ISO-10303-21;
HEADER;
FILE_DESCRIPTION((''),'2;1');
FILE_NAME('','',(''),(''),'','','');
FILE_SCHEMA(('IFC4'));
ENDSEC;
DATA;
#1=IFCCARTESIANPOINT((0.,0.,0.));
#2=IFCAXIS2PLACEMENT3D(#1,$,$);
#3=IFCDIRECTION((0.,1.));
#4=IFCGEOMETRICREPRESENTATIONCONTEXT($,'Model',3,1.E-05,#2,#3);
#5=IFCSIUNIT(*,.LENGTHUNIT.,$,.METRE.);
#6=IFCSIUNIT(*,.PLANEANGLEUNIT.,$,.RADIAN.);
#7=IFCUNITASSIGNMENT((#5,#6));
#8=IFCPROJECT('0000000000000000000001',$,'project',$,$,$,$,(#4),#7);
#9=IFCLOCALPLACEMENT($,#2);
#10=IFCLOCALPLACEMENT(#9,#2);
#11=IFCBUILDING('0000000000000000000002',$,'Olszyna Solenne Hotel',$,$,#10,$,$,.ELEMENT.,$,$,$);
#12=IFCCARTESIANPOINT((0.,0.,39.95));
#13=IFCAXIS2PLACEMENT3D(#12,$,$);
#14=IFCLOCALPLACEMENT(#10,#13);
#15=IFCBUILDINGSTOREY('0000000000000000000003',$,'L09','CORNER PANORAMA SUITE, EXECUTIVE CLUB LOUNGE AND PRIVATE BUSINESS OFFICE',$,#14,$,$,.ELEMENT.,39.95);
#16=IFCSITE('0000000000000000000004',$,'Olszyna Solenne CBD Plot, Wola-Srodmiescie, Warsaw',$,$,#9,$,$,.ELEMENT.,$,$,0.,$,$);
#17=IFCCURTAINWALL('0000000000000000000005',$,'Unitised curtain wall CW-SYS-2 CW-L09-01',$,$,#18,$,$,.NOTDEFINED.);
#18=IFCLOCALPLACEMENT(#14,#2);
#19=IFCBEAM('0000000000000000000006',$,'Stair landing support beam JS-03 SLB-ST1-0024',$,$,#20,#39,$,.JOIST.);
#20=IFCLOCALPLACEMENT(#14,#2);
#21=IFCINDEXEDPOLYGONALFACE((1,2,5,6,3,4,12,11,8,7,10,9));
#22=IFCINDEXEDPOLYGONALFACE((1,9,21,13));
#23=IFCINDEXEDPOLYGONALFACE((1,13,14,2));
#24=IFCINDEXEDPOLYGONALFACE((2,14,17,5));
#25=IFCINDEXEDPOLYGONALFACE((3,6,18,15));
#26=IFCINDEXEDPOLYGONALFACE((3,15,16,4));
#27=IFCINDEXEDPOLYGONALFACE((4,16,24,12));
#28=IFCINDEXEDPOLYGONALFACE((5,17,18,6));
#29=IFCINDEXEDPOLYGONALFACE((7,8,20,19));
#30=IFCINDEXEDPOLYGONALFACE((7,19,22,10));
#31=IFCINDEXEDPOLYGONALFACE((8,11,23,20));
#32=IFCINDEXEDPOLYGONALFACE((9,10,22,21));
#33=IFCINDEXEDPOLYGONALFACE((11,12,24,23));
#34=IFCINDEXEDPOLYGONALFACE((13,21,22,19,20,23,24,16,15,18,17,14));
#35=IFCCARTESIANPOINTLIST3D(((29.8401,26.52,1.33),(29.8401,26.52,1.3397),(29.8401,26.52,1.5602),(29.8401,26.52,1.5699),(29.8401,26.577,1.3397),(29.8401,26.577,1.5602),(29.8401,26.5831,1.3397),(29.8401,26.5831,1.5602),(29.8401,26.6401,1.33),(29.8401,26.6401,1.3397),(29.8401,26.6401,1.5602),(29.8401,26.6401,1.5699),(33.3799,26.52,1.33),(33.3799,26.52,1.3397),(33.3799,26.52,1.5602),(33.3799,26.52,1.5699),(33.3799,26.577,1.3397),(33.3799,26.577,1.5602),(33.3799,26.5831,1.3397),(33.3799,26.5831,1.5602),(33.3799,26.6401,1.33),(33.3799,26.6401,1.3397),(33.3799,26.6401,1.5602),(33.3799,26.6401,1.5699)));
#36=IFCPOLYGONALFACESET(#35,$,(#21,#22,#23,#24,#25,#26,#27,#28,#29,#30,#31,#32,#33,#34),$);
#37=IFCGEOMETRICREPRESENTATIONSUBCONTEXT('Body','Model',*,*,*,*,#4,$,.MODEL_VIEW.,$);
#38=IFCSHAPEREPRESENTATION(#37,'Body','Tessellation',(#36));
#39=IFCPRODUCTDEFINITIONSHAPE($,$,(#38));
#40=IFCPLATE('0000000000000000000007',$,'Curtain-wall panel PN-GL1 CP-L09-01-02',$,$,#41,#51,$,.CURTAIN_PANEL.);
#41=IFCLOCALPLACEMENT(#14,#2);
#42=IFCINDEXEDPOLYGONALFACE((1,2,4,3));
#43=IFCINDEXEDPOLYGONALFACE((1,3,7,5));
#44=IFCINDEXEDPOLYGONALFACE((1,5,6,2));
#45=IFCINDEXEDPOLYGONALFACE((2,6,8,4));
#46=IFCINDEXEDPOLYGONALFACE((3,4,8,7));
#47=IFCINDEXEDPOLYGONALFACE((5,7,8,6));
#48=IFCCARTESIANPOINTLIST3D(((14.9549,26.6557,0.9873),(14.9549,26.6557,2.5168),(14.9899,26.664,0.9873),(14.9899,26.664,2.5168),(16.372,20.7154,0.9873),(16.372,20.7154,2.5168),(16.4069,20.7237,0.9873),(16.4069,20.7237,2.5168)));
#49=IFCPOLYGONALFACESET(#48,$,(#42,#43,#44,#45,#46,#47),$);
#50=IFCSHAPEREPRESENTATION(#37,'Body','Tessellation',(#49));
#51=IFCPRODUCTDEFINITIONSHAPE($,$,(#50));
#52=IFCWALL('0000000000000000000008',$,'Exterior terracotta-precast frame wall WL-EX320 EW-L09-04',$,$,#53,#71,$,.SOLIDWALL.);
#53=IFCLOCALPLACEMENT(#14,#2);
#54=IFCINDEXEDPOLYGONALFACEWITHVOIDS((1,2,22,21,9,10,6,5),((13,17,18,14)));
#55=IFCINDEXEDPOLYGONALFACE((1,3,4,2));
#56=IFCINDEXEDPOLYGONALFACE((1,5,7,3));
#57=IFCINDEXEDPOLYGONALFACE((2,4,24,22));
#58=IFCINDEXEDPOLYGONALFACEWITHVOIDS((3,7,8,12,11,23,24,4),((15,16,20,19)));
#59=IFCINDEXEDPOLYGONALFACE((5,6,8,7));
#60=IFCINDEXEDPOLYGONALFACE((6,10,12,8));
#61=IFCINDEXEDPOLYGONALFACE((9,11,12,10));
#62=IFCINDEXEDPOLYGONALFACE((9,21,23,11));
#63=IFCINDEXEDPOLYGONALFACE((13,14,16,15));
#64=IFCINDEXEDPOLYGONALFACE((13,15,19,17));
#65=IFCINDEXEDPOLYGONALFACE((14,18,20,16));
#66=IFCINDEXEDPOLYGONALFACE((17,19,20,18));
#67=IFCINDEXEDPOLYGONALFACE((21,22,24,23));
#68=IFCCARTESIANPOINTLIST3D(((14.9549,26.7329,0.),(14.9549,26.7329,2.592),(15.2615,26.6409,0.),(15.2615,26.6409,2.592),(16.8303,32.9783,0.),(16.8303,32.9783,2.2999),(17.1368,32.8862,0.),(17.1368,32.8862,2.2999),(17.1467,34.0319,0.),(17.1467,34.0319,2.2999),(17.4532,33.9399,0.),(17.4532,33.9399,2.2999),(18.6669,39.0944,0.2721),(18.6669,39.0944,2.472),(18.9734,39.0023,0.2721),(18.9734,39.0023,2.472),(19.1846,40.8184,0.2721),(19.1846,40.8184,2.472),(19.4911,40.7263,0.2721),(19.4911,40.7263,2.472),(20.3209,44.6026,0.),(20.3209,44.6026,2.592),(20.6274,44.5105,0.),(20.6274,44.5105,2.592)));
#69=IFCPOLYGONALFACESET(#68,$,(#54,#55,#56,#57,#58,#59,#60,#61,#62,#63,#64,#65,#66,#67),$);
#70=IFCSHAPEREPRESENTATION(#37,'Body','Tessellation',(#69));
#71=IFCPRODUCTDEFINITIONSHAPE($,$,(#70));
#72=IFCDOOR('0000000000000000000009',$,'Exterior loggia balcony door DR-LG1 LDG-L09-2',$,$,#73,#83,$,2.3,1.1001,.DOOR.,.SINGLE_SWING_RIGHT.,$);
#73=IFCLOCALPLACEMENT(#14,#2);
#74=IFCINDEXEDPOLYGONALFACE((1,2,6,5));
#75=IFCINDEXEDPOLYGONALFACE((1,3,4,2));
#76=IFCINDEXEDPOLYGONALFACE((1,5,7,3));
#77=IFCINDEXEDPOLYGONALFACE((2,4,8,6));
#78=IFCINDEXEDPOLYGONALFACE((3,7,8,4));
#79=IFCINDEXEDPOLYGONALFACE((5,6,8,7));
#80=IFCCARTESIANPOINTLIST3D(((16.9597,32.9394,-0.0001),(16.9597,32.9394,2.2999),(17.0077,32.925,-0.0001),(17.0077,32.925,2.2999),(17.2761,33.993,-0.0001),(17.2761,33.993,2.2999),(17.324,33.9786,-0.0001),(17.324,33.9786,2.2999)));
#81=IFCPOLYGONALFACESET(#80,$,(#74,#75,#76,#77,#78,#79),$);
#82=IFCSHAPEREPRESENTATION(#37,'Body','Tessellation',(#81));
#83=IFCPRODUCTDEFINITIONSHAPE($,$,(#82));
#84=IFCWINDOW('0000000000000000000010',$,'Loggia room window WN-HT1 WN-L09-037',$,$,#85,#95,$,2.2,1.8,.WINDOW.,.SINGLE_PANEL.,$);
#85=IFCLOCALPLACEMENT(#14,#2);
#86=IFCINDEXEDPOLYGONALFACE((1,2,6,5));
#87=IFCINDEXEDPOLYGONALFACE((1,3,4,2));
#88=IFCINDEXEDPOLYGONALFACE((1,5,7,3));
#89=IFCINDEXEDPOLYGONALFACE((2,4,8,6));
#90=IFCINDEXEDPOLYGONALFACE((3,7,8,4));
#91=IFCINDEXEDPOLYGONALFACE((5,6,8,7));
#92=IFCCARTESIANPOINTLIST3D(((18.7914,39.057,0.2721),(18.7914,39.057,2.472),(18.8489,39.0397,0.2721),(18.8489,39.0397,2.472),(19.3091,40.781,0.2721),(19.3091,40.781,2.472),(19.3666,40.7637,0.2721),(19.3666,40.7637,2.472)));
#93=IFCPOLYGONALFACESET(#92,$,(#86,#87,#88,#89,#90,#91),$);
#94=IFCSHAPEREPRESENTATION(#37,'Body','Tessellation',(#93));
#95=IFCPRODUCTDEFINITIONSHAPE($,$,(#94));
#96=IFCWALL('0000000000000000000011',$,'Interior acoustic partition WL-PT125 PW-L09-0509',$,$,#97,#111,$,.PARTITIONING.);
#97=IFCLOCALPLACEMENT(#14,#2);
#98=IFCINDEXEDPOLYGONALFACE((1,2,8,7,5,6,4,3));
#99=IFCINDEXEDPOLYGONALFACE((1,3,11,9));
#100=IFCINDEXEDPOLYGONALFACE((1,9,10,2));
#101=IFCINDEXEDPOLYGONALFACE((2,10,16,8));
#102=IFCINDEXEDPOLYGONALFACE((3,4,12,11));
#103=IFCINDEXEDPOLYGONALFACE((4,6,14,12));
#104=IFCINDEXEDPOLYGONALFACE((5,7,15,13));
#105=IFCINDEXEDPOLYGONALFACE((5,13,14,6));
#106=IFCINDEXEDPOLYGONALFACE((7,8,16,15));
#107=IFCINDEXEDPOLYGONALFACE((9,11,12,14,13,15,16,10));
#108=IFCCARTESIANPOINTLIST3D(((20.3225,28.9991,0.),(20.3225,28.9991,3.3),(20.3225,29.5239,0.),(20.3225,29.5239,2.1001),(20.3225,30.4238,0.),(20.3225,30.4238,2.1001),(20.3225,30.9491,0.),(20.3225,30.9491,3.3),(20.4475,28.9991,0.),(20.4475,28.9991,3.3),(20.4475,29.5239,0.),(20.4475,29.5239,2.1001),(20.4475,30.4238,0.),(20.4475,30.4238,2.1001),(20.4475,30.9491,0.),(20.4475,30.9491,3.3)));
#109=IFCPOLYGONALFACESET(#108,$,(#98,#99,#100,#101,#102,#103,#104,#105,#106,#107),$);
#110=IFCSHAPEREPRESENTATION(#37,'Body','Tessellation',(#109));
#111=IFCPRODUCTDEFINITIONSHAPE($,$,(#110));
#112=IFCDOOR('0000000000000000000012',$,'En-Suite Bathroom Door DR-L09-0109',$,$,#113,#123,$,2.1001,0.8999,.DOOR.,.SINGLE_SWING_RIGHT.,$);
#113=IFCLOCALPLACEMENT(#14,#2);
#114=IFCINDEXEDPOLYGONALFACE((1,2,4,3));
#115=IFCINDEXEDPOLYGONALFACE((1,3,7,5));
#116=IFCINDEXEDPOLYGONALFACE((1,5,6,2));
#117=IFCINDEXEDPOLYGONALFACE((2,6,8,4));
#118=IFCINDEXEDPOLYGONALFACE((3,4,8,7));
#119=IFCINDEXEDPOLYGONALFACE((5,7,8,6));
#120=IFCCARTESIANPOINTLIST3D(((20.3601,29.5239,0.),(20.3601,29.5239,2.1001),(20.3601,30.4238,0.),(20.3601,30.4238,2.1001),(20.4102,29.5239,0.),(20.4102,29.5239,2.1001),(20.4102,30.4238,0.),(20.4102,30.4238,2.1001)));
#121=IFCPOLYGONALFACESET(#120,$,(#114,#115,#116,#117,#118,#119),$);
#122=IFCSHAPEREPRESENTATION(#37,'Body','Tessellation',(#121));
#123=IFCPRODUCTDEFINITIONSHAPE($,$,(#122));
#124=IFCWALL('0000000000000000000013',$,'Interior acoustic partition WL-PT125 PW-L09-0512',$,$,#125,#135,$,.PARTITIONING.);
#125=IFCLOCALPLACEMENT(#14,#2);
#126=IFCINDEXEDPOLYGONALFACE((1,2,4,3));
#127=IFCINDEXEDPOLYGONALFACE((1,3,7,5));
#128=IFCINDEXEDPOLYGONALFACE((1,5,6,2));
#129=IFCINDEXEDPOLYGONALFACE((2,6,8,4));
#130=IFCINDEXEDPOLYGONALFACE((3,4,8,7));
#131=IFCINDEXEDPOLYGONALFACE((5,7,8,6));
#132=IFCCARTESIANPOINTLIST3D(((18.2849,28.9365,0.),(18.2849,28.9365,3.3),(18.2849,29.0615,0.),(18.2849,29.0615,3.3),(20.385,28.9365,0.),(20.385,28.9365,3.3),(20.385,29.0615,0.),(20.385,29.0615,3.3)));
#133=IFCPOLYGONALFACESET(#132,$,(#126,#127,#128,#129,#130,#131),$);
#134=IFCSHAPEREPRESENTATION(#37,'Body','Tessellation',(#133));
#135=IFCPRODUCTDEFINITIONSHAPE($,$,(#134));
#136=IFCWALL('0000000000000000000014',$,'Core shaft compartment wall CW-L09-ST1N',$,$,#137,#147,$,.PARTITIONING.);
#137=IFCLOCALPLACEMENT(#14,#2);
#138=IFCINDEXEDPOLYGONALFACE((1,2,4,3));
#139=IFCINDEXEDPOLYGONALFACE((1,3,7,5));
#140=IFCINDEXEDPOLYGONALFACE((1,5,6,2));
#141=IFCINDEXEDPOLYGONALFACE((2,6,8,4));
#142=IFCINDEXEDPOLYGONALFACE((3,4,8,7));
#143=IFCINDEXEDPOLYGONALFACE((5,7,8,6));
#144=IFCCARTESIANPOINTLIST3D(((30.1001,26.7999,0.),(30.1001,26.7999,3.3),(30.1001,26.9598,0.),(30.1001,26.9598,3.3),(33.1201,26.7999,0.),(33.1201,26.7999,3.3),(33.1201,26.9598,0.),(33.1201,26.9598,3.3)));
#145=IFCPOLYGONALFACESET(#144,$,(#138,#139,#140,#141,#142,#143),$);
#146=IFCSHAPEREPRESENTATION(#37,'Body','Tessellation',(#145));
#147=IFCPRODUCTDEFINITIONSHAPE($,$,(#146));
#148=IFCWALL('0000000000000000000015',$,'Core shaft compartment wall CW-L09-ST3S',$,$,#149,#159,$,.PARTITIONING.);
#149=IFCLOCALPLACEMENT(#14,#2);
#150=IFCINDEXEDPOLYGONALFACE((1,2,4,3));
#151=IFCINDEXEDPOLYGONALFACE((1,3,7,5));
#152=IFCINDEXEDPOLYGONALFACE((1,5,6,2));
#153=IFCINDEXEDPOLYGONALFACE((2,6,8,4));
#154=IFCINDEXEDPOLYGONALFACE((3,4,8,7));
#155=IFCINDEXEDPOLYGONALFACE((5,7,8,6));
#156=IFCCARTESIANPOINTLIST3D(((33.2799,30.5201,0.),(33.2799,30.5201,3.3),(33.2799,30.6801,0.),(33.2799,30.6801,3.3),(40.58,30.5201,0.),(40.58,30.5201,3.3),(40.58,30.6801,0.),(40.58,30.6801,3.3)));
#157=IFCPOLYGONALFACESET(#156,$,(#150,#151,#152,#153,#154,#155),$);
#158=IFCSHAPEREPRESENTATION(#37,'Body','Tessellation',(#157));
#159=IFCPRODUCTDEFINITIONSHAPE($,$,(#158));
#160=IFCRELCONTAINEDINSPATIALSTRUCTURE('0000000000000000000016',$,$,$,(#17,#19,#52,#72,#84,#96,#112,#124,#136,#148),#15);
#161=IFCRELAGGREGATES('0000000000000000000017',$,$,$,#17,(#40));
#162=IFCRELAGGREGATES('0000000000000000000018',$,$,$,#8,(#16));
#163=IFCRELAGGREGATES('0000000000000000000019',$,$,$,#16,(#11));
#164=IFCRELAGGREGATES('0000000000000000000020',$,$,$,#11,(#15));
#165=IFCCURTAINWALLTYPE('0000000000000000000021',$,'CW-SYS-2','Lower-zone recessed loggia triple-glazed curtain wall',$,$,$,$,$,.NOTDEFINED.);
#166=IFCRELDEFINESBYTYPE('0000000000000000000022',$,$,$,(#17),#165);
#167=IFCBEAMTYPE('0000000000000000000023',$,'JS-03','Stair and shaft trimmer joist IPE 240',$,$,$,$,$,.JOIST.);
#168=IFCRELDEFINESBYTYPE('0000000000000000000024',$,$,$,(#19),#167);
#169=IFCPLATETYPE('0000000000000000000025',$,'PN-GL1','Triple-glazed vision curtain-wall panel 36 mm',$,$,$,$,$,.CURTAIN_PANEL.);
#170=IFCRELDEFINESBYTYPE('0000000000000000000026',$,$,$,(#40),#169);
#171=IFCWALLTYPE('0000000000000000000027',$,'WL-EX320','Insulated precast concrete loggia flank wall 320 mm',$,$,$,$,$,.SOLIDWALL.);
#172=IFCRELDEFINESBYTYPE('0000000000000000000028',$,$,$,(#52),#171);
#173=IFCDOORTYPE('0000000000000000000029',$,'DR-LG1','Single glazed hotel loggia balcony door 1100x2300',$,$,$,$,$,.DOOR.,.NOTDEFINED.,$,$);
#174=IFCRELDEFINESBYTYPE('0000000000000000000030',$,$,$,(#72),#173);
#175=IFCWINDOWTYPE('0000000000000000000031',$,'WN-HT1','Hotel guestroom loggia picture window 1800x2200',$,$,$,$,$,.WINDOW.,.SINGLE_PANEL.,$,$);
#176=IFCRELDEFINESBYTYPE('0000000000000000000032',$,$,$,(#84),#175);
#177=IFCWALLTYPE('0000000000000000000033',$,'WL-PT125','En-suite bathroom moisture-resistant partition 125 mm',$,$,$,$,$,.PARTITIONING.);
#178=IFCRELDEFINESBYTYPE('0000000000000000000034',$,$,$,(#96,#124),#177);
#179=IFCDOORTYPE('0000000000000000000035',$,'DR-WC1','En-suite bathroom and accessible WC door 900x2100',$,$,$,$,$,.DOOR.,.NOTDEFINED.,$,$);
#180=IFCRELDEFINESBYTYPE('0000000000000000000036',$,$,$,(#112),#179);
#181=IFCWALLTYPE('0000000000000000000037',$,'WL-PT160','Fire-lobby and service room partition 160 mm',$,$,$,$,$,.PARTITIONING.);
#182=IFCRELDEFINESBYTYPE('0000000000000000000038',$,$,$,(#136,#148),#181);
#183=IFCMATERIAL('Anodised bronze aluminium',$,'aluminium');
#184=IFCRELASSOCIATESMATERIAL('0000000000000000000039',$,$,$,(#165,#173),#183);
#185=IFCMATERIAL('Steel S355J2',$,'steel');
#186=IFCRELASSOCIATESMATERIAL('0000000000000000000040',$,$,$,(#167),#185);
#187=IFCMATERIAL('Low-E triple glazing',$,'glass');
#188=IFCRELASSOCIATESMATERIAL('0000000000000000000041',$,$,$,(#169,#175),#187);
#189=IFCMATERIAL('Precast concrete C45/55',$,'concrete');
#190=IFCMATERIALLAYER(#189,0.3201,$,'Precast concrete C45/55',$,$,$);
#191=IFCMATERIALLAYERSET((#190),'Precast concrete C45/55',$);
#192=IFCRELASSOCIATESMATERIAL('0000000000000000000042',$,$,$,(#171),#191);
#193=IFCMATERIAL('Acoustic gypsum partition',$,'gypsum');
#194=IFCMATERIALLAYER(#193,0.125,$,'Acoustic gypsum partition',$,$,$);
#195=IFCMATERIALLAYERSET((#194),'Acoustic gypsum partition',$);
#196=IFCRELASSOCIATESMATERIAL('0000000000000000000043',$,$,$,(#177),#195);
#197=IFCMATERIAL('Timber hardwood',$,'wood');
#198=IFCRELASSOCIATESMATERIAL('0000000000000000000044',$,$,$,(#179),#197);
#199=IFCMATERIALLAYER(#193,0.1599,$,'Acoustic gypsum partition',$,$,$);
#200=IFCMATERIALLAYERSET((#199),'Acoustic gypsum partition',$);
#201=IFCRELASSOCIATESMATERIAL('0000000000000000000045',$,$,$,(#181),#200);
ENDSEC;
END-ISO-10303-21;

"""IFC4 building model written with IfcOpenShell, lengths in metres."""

from ifc_helpers import new_model, si_unit, direction, frame, frame_2d, origin, origin_2d, place, context, subcontext, project, spatial, rectangle, i_section, extrude, source, transform, mapped, material, layer, layer_set, material_profile, profile_set, type_object, type_shapes, element, fill, aggregate, save


model = new_model("IFC4")

# Units and contexts
model_context = context("Model", 3, precision=1e-05, world=origin(), true_north=direction((0.0, 1.0)))
body_context = subcontext(model_context, "Body", "Model", "MODEL_VIEW")
ifc_project = project(units=[si_unit("LENGTHUNIT", "METRE"), si_unit("PLANEANGLEUNIT", "RADIAN")], contexts=[model_context])

# Site, building, storey
site_placement = place(None, origin())
site = spatial("IfcSite", under=ifc_project, at=site_placement, Name="Olszyna Solenne CBD Plot, Wola-Srodmiescie, Warsaw", CompositionType="ELEMENT", RefElevation=0.0)
building_placement = place(site_placement, origin())
building = spatial("IfcBuilding", under=site, at=building_placement, Name="Olszyna Solenne Hotel", CompositionType="ELEMENT")
storey_placement = place(building_placement, frame((0.0, 0.0, 39.95)))
storey = spatial("IfcBuildingStorey", under=building, at=storey_placement, Name="L09", Description="CORNER PANORAMA SUITE, EXECUTIVE CLUB LOUNGE AND PRIVATE BUSINESS OFFICE", CompositionType="ELEMENT", Elevation=39.95)

# Shared definitions
ifc_material_1 = material(Name="Steel S355J2", Category="steel")

# Curtain wall
ifc_material_2 = material(Name="Anodised bronze aluminium", Category="aluminium")
curtain_wall_type = type_object("IfcCurtainWallType", Name="CW-SYS-2", Description="Lower-zone recessed loggia triple-glazed curtain wall", PredefinedType="NOTDEFINED", material=ifc_material_2)
curtain_wall_placement = place(storey_placement, origin())
curtain_wall = element("IfcCurtainWall", 1, at=curtain_wall_placement, inside=storey, type_object=curtain_wall_type, Name="Unitised curtain wall CW-SYS-2 CW-L09-01", PredefinedType="NOTDEFINED")

# Beam
ifc_material_profile_1 = material_profile(ifc_material_1, i_section(OverallWidth=0.1201, OverallDepth=0.24, WebThickness=0.0061, FlangeThickness=0.0098, at=origin_2d()), Name="IPE 240", Category="load-bearing")
ifc_profile_set_1 = profile_set([ifc_material_profile_1], Name="Steel S355J2")
beam_type_1 = type_object("IfcBeamType", Name="JS-03", Description="Stair and shaft trimmer joist IPE 240", PredefinedType="JOIST", material=ifc_profile_set_1)
shared_shape_1 = source(origin(), body_context, "Body", "SweptSolid", [
    extrude(i_section(OverallWidth=0.1201, OverallDepth=0.24, WebThickness=0.0061, FlangeThickness=0.0098, at=origin_2d()), origin(), (0.0, 0.0, 1.0), 3.5398),
])
for number, where, z_axis, x_axis, name in (
    (2, (33.3799, 26.5801, 1.45), (-1.0, 0.0, 0.0), (0.0, -1.0, 0.0), "Stair landing support beam JS-03 SLB-ST1-0024"),
):
    element("IfcBeam", number, at=place(storey_placement, frame(where, z_axis=z_axis, x_axis=x_axis)), inside=storey, type_object=beam_type_1, Name=name, PredefinedType="JOIST", context=body_context, shape_type="MappedRepresentation", body=[
        mapped(shared_shape_1, transform((0.0, 0.0, 0.0), x_axis=(1.0, 0.0, 0.0), y_axis=(0.0, 1.0, 0.0), z_axis=(0.0, 0.0, 1.0), scale=1.0)),
    ])

# Plate
ifc_material_3 = material(Name="Low-E triple glazing", Category="glass")
plate_type = type_object("IfcPlateType", Name="PN-GL1", Description="Triple-glazed vision curtain-wall panel 36 mm", PredefinedType="CURTAIN_PANEL", material=ifc_material_3)
shared_shape_2 = source(origin(), body_context, "Body", "SweptSolid", [
    extrude(rectangle(XDim=6.1069, YDim=0.0359, at=origin_2d()), origin(), (0.0, 0.0, 1.0), 1.5295),
])
plate_placement = place(storey_placement, frame((15.6809, 23.6897, 0.9873), z_axis=(0.0, 0.0, 1.0), x_axis=(0.232034, -0.972708, 0.0)))
plate = element("IfcPlate", 3, at=plate_placement, type_object=plate_type, Name="Curtain-wall panel PN-GL1 CP-L09-01-02", PredefinedType="CURTAIN_PANEL", context=body_context, shape_type="MappedRepresentation", body=[
    mapped(shared_shape_2, transform((0.0, 0.0, 0.0), x_axis=(1.0, 0.0, 0.0), y_axis=(0.0, 1.0, 0.0), z_axis=(0.0, 0.0, 1.0), scale=1.0)),
])
aggregate(curtain_wall, [plate])

# Wall, openings, door, window
ifc_material_4 = material(Name="Precast concrete C45/55", Category="concrete")
ifc_layer_1 = layer(ifc_material_4, 0.3201, Name="Precast concrete C45/55")
ifc_layer_set_1 = layer_set([ifc_layer_1], Name="Precast concrete C45/55")
wall_type_1 = type_object("IfcWallType", Name="WL-EX320", Description="Insulated precast concrete loggia flank wall 320 mm", PredefinedType="SOLIDWALL", material=ifc_layer_set_1)
wall_1_placement = place(storey_placement, frame((15.1082, 26.6868, 0.0), z_axis=(0.0, 0.0, 1.0), x_axis=(0.287598, 0.957751, 0.0)))
wall_1 = element("IfcWall", 4, at=wall_1_placement, inside=storey, type_object=wall_type_1, Name="Exterior terracotta-precast frame wall WL-EX320 EW-L09-04", PredefinedType="SOLIDWALL", context=body_context, shape_type="SweptSolid", body=[
    extrude(rectangle(XDim=18.658, YDim=0.3201, at=frame_2d((9.3291, 0.0))), origin(), (0.0, 0.0, 1.0), 2.592),
])
opening_1_placement = place(wall_1_placement, frame((6.521, 0.0, 0.0)))
opening_1 = element("IfcOpeningElement", 5, at=opening_1_placement, cuts=wall_1, PredefinedType="OPENING", context=body_context, shape_type="SweptSolid", body=[
    extrude(rectangle(XDim=1.1001, YDim=2.3, at=frame_2d((0.55, 1.1499))), frame((0.0, 0.1699, 0.0), z_axis=(0.0, -1.0, 0.0), x_axis=(1.0, 0.0, 0.0)), (0.0, 0.0, 1.0), 0.3401),
])
opening_2_placement = place(wall_1_placement, frame((12.907, 0.0, 0.272)))
opening_2 = element("IfcOpeningElement", 6, at=opening_2_placement, cuts=wall_1, PredefinedType="OPENING", context=body_context, shape_type="SweptSolid", body=[
    extrude(rectangle(XDim=1.8, YDim=2.2, at=frame_2d((0.8999, 1.1001))), frame((0.0, 0.1699, 0.0), z_axis=(0.0, -1.0, 0.0), x_axis=(1.0, 0.0, 0.0)), (0.0, 0.0, 1.0), 0.3401),
])
door_type_1 = type_object("IfcDoorType", Name="DR-LG1", Description="Single glazed hotel loggia balcony door 1100x2300", OperationType="NOTDEFINED", PredefinedType="DOOR", material=ifc_material_2)
shared_shape_3 = source(origin(), body_context, "Body", "SweptSolid", [
    extrude(rectangle(XDim=1.1001, YDim=2.3, at=frame_2d((0.55, 1.1499))), frame((0.0, 0.0249, 0.0), z_axis=(0.0, -1.0, 0.0), x_axis=(1.0, 0.0, 0.0)), (0.0, 0.0, 1.0), 0.05),
])
type_shapes(door_type_1, [shared_shape_3])
door_1_placement = place(opening_1_placement, origin())
door_1 = element("IfcDoor", 7, at=door_1_placement, inside=storey, type_object=door_type_1, Name="Exterior loggia balcony door DR-LG1 LDG-L09-2", OperationType="SINGLE_SWING_RIGHT", OverallHeight=2.3, OverallWidth=1.1001, PredefinedType="DOOR", context=body_context, shape_type="MappedRepresentation", body=[
    mapped(shared_shape_3, transform((0.0, 0.0, 0.0), x_axis=(1.0, 0.0, 0.0), y_axis=(0.0, 1.0, 0.0), z_axis=(0.0, 0.0, 1.0), scale=1.0)),
])
fill(opening_1, door_1)
window_type = type_object("IfcWindowType", Name="WN-HT1", Description="Hotel guestroom loggia picture window 1800x2200", PartitioningType="SINGLE_PANEL", PredefinedType="WINDOW", material=ifc_material_3)
shared_shape_4 = source(origin(), body_context, "Body", "SweptSolid", [
    extrude(rectangle(XDim=1.8, YDim=2.2, at=frame_2d((0.8999, 1.1001))), frame((0.0, 0.03, 0.0), z_axis=(0.0, -1.0, 0.0), x_axis=(1.0, 0.0, 0.0)), (0.0, 0.0, 1.0), 0.0601),
])
type_shapes(window_type, [shared_shape_4])
window_placement = place(opening_2_placement, origin())
window = element("IfcWindow", 8, at=window_placement, inside=storey, type_object=window_type, Name="Loggia room window WN-HT1 WN-L09-037", OverallHeight=2.2, OverallWidth=1.8, PartitioningType="SINGLE_PANEL", PredefinedType="WINDOW", context=body_context, shape_type="MappedRepresentation", body=[
    mapped(shared_shape_4, transform((0.0, 0.0, 0.0), x_axis=(1.0, 0.0, 0.0), y_axis=(0.0, 1.0, 0.0), z_axis=(0.0, 0.0, 1.0), scale=1.0)),
])
fill(opening_2, window)

# Wall, opening, door
ifc_material_5 = material(Name="Acoustic gypsum partition", Category="gypsum")
ifc_layer_2 = layer(ifc_material_5, 0.125, Name="Acoustic gypsum partition")
ifc_layer_set_2 = layer_set([ifc_layer_2], Name="Acoustic gypsum partition")
wall_type_2 = type_object("IfcWallType", Name="WL-PT125", Description="En-suite bathroom moisture-resistant partition 125 mm", PredefinedType="PARTITIONING", material=ifc_layer_set_2)
wall_2_placement = place(storey_placement, frame((20.385, 28.999, 0.0), z_axis=(0.0, 0.0, 1.0), x_axis=(0.0, 1.0, 0.0)))
wall_2 = element("IfcWall", 9, at=wall_2_placement, inside=storey, type_object=wall_type_2, Name="Interior acoustic partition WL-PT125 PW-L09-0509", PredefinedType="PARTITIONING", context=body_context, shape_type="SweptSolid", body=[
    extrude(rectangle(XDim=1.95, YDim=0.125, at=frame_2d((0.9751, 0.0))), origin(), (0.0, 0.0, 1.0), 3.3),
])
opening_3_placement = place(wall_2_placement, frame((0.5249, 0.0, 0.0)))
opening_3 = element("IfcOpeningElement", 10, at=opening_3_placement, cuts=wall_2, PredefinedType="OPENING", context=body_context, shape_type="SweptSolid", body=[
    extrude(rectangle(XDim=0.8999, YDim=2.1001, at=frame_2d((0.45, 1.05))), frame((0.0, 0.0725, 0.0), z_axis=(0.0, -1.0, 0.0), x_axis=(1.0, 0.0, 0.0)), (0.0, 0.0, 1.0), 0.145),
])
ifc_material_6 = material(Name="Timber hardwood", Category="wood")
door_type_2 = type_object("IfcDoorType", Name="DR-WC1", Description="En-suite bathroom and accessible WC door 900x2100", OperationType="NOTDEFINED", PredefinedType="DOOR", material=ifc_material_6)
shared_shape_5 = source(origin(), body_context, "Body", "SweptSolid", [
    extrude(rectangle(XDim=0.8999, YDim=2.1001, at=frame_2d((0.45, 1.05))), frame((0.0, 0.0249, 0.0), z_axis=(0.0, -1.0, 0.0), x_axis=(1.0, 0.0, 0.0)), (0.0, 0.0, 1.0), 0.05),
])
type_shapes(door_type_2, [shared_shape_5])
door_2_placement = place(opening_3_placement, origin())
door_2 = element("IfcDoor", 11, at=door_2_placement, inside=storey, type_object=door_type_2, Name="En-Suite Bathroom Door DR-L09-0109", OperationType="SINGLE_SWING_RIGHT", OverallHeight=2.1001, OverallWidth=0.8999, PredefinedType="DOOR", context=body_context, shape_type="MappedRepresentation", body=[
    mapped(shared_shape_5, transform((0.0, 0.0, 0.0), x_axis=(1.0, 0.0, 0.0), y_axis=(0.0, 1.0, 0.0), z_axis=(0.0, 0.0, 1.0), scale=1.0)),
])
fill(opening_3, door_2)

# Walls
wall_3_placement = place(storey_placement, frame((18.2849, 28.999, 0.0), z_axis=(0.0, 0.0, 1.0), x_axis=(1.0, 0.0, 0.0)))
element("IfcWall", 12, at=wall_3_placement, inside=storey, type_object=wall_type_2, Name="Interior acoustic partition WL-PT125 PW-L09-0512", PredefinedType="PARTITIONING", context=body_context, shape_type="SweptSolid", body=[
    extrude(rectangle(XDim=2.1001, YDim=0.125, at=frame_2d((1.05, 0.0))), origin(), (0.0, 0.0, 1.0), 3.3),
])
ifc_layer_3 = layer(ifc_material_5, 0.1599, Name="Acoustic gypsum partition")
ifc_layer_set_3 = layer_set([ifc_layer_3], Name="Acoustic gypsum partition")
wall_type_3 = type_object("IfcWallType", Name="WL-PT160", Description="Fire-lobby and service room partition 160 mm", PredefinedType="PARTITIONING", material=ifc_layer_set_3)
wall_4_placement = place(storey_placement, frame((30.1001, 26.8799, 0.0), z_axis=(0.0, 0.0, 1.0), x_axis=(1.0, 0.0, 0.0)))
element("IfcWall", 13, at=wall_4_placement, inside=storey, type_object=wall_type_3, Name="Core shaft compartment wall CW-L09-ST1N", PredefinedType="PARTITIONING", context=body_context, shape_type="SweptSolid", body=[
    extrude(rectangle(XDim=3.02, YDim=0.1599, at=frame_2d((1.51, 0.0))), origin(), (0.0, 0.0, 1.0), 3.3),
])
wall_5_placement = place(storey_placement, frame((33.28, 30.6001, 0.0), z_axis=(0.0, 0.0, 1.0), x_axis=(1.0, 0.0, 0.0)))
element("IfcWall", 14, at=wall_5_placement, inside=storey, type_object=wall_type_3, Name="Core shaft compartment wall CW-L09-ST3S", PredefinedType="PARTITIONING", context=body_context, shape_type="SweptSolid", body=[
    extrude(rectangle(XDim=7.3, YDim=0.1599, at=frame_2d((3.6499, 0.0))), origin(), (0.0, 0.0, 1.0), 3.3),
])

save(model, "model.ifc")
